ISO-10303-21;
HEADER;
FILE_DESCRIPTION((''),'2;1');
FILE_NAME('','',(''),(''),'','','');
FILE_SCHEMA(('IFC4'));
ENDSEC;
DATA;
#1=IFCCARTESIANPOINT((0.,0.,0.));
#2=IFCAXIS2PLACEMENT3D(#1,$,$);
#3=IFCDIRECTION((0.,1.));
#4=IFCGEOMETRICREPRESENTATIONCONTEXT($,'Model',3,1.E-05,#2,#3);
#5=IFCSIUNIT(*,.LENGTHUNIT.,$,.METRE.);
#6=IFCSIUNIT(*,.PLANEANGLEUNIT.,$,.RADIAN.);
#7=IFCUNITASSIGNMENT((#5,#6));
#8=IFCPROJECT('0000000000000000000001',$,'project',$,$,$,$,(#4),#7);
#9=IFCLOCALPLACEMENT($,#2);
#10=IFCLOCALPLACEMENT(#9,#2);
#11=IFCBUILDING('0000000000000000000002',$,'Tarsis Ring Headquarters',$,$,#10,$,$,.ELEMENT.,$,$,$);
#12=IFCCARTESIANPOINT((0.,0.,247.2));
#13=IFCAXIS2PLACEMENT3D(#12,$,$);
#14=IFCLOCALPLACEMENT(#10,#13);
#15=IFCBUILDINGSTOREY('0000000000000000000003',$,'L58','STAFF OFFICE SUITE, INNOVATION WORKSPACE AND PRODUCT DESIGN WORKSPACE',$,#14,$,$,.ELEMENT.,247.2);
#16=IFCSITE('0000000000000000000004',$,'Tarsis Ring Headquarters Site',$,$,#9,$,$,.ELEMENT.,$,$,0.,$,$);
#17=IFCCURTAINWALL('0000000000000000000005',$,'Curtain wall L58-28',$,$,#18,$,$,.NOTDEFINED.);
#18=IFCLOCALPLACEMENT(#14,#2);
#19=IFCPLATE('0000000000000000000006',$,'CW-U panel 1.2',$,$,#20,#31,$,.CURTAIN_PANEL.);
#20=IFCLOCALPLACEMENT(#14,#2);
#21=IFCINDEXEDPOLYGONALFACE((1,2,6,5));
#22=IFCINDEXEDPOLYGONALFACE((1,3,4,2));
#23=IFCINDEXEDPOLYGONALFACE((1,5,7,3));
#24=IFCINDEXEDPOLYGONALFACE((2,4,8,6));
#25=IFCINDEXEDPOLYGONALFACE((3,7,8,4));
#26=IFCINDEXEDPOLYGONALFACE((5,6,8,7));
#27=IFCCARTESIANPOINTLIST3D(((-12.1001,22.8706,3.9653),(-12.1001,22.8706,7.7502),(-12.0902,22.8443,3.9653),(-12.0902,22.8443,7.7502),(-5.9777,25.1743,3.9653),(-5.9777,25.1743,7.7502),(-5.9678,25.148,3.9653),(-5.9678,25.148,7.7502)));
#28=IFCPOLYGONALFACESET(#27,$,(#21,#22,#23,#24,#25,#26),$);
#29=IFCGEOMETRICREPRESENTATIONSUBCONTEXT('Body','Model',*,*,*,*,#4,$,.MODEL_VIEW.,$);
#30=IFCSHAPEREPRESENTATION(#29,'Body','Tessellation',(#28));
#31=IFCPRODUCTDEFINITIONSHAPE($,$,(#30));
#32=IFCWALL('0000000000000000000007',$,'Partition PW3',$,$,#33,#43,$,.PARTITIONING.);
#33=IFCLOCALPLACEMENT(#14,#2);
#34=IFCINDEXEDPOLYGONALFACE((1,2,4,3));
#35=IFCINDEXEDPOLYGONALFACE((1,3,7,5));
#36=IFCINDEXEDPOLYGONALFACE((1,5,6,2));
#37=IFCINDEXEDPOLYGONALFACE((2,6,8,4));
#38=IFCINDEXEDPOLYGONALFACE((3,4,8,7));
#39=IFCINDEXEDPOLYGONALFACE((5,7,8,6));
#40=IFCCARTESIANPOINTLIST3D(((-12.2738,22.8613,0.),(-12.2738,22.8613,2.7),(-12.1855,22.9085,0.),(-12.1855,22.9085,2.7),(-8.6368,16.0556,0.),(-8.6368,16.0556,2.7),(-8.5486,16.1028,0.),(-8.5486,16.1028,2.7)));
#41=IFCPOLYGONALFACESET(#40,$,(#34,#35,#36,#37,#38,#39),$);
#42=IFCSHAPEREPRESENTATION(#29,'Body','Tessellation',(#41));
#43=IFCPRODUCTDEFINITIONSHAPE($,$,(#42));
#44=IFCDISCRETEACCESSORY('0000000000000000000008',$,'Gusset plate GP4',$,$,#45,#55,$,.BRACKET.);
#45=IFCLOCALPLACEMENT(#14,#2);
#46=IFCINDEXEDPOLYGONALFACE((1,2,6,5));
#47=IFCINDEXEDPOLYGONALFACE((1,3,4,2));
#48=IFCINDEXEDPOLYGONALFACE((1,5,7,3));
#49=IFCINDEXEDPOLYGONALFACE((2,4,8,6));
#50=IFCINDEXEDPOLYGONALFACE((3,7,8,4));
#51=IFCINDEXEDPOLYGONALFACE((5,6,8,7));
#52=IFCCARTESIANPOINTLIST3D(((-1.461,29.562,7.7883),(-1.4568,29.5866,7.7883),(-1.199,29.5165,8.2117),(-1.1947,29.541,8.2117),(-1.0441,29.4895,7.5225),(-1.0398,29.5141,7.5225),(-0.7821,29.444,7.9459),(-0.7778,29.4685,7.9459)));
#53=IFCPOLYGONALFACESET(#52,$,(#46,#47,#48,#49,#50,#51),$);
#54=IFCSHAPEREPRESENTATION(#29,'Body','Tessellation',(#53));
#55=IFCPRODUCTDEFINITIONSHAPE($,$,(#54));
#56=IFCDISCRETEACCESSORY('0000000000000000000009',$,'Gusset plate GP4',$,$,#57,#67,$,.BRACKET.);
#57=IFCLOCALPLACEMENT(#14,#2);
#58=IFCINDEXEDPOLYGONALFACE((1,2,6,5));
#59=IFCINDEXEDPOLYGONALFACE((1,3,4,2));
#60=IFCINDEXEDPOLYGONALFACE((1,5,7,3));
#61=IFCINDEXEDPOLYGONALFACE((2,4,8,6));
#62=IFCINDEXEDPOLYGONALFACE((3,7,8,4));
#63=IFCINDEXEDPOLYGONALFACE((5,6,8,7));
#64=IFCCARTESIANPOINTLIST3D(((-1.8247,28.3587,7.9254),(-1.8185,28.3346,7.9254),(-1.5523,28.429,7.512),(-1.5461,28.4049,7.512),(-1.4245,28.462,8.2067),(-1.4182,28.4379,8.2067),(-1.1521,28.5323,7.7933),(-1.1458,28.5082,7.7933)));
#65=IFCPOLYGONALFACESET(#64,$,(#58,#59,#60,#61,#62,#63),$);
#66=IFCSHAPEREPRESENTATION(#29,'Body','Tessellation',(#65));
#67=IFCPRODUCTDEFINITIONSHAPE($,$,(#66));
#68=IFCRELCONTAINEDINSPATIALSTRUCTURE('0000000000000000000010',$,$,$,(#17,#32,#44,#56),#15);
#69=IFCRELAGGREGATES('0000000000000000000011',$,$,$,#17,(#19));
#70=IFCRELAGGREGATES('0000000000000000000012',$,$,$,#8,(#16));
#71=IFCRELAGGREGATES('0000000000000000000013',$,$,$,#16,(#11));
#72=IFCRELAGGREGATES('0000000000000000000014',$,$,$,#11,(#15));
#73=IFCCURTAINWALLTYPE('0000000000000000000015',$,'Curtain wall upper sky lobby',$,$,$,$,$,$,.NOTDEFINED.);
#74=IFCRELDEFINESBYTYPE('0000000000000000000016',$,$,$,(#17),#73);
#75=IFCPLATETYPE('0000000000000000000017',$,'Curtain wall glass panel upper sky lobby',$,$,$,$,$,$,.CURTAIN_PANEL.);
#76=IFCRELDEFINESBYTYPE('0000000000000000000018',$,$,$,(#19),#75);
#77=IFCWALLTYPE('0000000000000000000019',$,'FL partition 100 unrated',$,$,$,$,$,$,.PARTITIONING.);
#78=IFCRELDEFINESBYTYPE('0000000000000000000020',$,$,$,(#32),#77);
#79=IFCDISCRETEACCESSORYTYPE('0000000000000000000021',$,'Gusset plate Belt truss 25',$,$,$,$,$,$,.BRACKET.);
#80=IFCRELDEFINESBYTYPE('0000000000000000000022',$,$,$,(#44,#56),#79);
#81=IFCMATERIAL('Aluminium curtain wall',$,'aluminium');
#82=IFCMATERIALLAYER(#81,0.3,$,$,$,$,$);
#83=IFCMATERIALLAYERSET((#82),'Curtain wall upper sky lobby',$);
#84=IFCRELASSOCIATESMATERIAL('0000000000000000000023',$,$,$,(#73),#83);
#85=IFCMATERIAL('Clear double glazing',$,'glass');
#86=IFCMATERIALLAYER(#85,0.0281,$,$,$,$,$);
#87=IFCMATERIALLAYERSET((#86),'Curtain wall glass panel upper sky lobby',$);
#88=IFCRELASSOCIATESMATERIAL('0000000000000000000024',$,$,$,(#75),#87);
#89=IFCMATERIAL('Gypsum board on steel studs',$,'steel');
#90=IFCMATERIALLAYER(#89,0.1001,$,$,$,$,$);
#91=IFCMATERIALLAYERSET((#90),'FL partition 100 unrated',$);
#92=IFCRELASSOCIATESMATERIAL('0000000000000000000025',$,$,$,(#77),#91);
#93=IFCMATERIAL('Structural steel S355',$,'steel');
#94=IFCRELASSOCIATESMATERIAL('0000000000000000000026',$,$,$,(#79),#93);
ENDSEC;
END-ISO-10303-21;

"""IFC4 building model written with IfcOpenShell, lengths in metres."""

from ifc_helpers import new_model, si_unit, direction, frame, frame_2d, origin, origin_2d, place, context, subcontext, project, spatial, rectangle, extrude, material, layer, layer_set, material_profile, profile_set, type_object, element, aggregate, save


model = new_model("IFC4")

# Units and contexts
model_context = context("Model", 3, precision=1e-05, world=origin(), true_north=direction((0.0, 1.0)))
body_context = subcontext(model_context, "Body", "Model", "MODEL_VIEW")
ifc_project = project(units=[si_unit("LENGTHUNIT", "METRE"), si_unit("PLANEANGLEUNIT", "RADIAN")], contexts=[model_context])

# Site, building, storey
site_placement = place(None, origin())
site = spatial("IfcSite", under=ifc_project, at=site_placement, Name="Tarsis Ring Headquarters Site", CompositionType="ELEMENT", RefElevation=0.0)
building_placement = place(site_placement, origin())
building = spatial("IfcBuilding", under=site, at=building_placement, Name="Tarsis Ring Headquarters", CompositionType="ELEMENT")
storey_placement = place(building_placement, frame((0.0, 0.0, 247.2)))
storey = spatial("IfcBuildingStorey", under=building, at=storey_placement, Name="L58", Description="STAFF OFFICE SUITE, INNOVATION WORKSPACE AND PRODUCT DESIGN WORKSPACE", CompositionType="ELEMENT", Elevation=247.2)

# Shared definitions
ifc_material_1 = material(Name="Structural steel S355", Category="steel")

# Shared definitions
ifc_material_2 = material(Name="Aluminium curtain wall", Category="aluminium")
ifc_layer_1 = layer(ifc_material_2, 0.3)
ifc_layer_set_1 = layer_set([ifc_layer_1], Name="Curtain wall upper sky lobby")
curtain_wall_type = type_object("IfcCurtainWallType", Name="Curtain wall upper sky lobby", PredefinedType="NOTDEFINED", material=ifc_layer_set_1)

# Curtain wall
curtain_wall_1_placement = place(storey_placement, origin())
curtain_wall_1 = element("IfcCurtainWall", 1, at=curtain_wall_1_placement, inside=storey, type_object=curtain_wall_type, Name="Curtain wall L58-28", PredefinedType="NOTDEFINED")

# Plate
ifc_material_3 = material(Name="Clear double glazing", Category="glass")
ifc_layer_2 = layer(ifc_material_3, 0.0281)
ifc_layer_set_2 = layer_set([ifc_layer_2], Name="Curtain wall glass panel upper sky lobby")
plate_type = type_object("IfcPlateType", Name="Curtain wall glass panel upper sky lobby", PredefinedType="CURTAIN_PANEL", material=ifc_layer_set_2)
plate_1_placement = place(storey_placement, frame((-9.0339, 24.0093, 3.9653), z_axis=(0.0, 0.0, 1.0), x_axis=(-0.935937, -0.352168, 0.0)))
plate_1 = element("IfcPlate", 2, at=plate_1_placement, type_object=plate_type, Name="CW-U panel 1.2", PredefinedType="CURTAIN_PANEL", context=body_context, shape_type="SweptSolid", body=[
    extrude(rectangle(XDim=6.5415, YDim=0.0281, at=origin_2d()), origin(), (0.0, 0.0, 1.0), 3.7849),
])
aggregate(curtain_wall_1, [plate_1])

# Wall
ifc_material_4 = material(Name="Gypsum board on steel studs", Category="steel")
ifc_layer_3 = layer(ifc_material_4, 0.1001)
ifc_layer_set_3 = layer_set([ifc_layer_3], Name="FL partition 100 unrated")
wall_type = type_object("IfcWallType", Name="FL partition 100 unrated", PredefinedType="PARTITIONING", material=ifc_layer_set_3)
wall_placement = place(storey_placement, frame((-12.2297, 22.885, 0.0), z_axis=(0.0, 0.0, 1.0), x_axis=(0.471322, -0.881961, 0.0)))
element("IfcWall", 3, at=wall_placement, inside=storey, type_object=wall_type, Name="Partition PW3", PredefinedType="PARTITIONING", context=body_context, shape_type="SweptSolid", body=[
    extrude(rectangle(XDim=7.7166, YDim=0.1001, at=frame_2d((3.8584, 0.0))), origin(), (0.0, 0.0, 1.0), 2.7),
])

# Discrete accessories
ifc_material_profile_1 = material_profile(ifc_material_1, rectangle(XDim=0.0249, YDim=0.5, at=origin_2d()), Name="PL 25x500")
ifc_profile_set_1 = profile_set([ifc_material_profile_1], Name="Structural steel S355")
discrete_accessory_type = type_object("IfcDiscreteAccessoryType", Name="Gusset plate Belt truss 25", PredefinedType="BRACKET", material=ifc_profile_set_1)
discrete_accessory_1_placement = place(storey_placement, frame((-1.3279, 29.5515, 8.0), z_axis=(0.834274, -0.14507, -0.531923), x_axis=(0.171317, 0.985216, 0.0)))
element("IfcDiscreteAccessory", 4, at=discrete_accessory_1_placement, inside=storey, type_object=discrete_accessory_type, Name="Gusset plate GP4", PredefinedType="BRACKET", context=body_context, shape_type="SweptSolid", body=[
    extrude(rectangle(XDim=0.0249, YDim=0.5, at=origin_2d()), origin(), (0.0, 0.0, 1.0), 0.4998),
])
discrete_accessory_2_placement = place(storey_placement, frame((-1.2852, 28.4851, 8.0), z_axis=(-0.800479, -0.206591, -0.562631), x_axis=(0.249896, -0.968273, 0.0)))
element("IfcDiscreteAccessory", 5, at=discrete_accessory_2_placement, inside=storey, type_object=discrete_accessory_type, Name="Gusset plate GP4", PredefinedType="BRACKET", context=body_context, shape_type="SweptSolid", body=[
    extrude(rectangle(XDim=0.0249, YDim=0.5, at=origin_2d()), origin(), (0.0, 0.0, 1.0), 0.5),
])

save(model, "model.ifc")
